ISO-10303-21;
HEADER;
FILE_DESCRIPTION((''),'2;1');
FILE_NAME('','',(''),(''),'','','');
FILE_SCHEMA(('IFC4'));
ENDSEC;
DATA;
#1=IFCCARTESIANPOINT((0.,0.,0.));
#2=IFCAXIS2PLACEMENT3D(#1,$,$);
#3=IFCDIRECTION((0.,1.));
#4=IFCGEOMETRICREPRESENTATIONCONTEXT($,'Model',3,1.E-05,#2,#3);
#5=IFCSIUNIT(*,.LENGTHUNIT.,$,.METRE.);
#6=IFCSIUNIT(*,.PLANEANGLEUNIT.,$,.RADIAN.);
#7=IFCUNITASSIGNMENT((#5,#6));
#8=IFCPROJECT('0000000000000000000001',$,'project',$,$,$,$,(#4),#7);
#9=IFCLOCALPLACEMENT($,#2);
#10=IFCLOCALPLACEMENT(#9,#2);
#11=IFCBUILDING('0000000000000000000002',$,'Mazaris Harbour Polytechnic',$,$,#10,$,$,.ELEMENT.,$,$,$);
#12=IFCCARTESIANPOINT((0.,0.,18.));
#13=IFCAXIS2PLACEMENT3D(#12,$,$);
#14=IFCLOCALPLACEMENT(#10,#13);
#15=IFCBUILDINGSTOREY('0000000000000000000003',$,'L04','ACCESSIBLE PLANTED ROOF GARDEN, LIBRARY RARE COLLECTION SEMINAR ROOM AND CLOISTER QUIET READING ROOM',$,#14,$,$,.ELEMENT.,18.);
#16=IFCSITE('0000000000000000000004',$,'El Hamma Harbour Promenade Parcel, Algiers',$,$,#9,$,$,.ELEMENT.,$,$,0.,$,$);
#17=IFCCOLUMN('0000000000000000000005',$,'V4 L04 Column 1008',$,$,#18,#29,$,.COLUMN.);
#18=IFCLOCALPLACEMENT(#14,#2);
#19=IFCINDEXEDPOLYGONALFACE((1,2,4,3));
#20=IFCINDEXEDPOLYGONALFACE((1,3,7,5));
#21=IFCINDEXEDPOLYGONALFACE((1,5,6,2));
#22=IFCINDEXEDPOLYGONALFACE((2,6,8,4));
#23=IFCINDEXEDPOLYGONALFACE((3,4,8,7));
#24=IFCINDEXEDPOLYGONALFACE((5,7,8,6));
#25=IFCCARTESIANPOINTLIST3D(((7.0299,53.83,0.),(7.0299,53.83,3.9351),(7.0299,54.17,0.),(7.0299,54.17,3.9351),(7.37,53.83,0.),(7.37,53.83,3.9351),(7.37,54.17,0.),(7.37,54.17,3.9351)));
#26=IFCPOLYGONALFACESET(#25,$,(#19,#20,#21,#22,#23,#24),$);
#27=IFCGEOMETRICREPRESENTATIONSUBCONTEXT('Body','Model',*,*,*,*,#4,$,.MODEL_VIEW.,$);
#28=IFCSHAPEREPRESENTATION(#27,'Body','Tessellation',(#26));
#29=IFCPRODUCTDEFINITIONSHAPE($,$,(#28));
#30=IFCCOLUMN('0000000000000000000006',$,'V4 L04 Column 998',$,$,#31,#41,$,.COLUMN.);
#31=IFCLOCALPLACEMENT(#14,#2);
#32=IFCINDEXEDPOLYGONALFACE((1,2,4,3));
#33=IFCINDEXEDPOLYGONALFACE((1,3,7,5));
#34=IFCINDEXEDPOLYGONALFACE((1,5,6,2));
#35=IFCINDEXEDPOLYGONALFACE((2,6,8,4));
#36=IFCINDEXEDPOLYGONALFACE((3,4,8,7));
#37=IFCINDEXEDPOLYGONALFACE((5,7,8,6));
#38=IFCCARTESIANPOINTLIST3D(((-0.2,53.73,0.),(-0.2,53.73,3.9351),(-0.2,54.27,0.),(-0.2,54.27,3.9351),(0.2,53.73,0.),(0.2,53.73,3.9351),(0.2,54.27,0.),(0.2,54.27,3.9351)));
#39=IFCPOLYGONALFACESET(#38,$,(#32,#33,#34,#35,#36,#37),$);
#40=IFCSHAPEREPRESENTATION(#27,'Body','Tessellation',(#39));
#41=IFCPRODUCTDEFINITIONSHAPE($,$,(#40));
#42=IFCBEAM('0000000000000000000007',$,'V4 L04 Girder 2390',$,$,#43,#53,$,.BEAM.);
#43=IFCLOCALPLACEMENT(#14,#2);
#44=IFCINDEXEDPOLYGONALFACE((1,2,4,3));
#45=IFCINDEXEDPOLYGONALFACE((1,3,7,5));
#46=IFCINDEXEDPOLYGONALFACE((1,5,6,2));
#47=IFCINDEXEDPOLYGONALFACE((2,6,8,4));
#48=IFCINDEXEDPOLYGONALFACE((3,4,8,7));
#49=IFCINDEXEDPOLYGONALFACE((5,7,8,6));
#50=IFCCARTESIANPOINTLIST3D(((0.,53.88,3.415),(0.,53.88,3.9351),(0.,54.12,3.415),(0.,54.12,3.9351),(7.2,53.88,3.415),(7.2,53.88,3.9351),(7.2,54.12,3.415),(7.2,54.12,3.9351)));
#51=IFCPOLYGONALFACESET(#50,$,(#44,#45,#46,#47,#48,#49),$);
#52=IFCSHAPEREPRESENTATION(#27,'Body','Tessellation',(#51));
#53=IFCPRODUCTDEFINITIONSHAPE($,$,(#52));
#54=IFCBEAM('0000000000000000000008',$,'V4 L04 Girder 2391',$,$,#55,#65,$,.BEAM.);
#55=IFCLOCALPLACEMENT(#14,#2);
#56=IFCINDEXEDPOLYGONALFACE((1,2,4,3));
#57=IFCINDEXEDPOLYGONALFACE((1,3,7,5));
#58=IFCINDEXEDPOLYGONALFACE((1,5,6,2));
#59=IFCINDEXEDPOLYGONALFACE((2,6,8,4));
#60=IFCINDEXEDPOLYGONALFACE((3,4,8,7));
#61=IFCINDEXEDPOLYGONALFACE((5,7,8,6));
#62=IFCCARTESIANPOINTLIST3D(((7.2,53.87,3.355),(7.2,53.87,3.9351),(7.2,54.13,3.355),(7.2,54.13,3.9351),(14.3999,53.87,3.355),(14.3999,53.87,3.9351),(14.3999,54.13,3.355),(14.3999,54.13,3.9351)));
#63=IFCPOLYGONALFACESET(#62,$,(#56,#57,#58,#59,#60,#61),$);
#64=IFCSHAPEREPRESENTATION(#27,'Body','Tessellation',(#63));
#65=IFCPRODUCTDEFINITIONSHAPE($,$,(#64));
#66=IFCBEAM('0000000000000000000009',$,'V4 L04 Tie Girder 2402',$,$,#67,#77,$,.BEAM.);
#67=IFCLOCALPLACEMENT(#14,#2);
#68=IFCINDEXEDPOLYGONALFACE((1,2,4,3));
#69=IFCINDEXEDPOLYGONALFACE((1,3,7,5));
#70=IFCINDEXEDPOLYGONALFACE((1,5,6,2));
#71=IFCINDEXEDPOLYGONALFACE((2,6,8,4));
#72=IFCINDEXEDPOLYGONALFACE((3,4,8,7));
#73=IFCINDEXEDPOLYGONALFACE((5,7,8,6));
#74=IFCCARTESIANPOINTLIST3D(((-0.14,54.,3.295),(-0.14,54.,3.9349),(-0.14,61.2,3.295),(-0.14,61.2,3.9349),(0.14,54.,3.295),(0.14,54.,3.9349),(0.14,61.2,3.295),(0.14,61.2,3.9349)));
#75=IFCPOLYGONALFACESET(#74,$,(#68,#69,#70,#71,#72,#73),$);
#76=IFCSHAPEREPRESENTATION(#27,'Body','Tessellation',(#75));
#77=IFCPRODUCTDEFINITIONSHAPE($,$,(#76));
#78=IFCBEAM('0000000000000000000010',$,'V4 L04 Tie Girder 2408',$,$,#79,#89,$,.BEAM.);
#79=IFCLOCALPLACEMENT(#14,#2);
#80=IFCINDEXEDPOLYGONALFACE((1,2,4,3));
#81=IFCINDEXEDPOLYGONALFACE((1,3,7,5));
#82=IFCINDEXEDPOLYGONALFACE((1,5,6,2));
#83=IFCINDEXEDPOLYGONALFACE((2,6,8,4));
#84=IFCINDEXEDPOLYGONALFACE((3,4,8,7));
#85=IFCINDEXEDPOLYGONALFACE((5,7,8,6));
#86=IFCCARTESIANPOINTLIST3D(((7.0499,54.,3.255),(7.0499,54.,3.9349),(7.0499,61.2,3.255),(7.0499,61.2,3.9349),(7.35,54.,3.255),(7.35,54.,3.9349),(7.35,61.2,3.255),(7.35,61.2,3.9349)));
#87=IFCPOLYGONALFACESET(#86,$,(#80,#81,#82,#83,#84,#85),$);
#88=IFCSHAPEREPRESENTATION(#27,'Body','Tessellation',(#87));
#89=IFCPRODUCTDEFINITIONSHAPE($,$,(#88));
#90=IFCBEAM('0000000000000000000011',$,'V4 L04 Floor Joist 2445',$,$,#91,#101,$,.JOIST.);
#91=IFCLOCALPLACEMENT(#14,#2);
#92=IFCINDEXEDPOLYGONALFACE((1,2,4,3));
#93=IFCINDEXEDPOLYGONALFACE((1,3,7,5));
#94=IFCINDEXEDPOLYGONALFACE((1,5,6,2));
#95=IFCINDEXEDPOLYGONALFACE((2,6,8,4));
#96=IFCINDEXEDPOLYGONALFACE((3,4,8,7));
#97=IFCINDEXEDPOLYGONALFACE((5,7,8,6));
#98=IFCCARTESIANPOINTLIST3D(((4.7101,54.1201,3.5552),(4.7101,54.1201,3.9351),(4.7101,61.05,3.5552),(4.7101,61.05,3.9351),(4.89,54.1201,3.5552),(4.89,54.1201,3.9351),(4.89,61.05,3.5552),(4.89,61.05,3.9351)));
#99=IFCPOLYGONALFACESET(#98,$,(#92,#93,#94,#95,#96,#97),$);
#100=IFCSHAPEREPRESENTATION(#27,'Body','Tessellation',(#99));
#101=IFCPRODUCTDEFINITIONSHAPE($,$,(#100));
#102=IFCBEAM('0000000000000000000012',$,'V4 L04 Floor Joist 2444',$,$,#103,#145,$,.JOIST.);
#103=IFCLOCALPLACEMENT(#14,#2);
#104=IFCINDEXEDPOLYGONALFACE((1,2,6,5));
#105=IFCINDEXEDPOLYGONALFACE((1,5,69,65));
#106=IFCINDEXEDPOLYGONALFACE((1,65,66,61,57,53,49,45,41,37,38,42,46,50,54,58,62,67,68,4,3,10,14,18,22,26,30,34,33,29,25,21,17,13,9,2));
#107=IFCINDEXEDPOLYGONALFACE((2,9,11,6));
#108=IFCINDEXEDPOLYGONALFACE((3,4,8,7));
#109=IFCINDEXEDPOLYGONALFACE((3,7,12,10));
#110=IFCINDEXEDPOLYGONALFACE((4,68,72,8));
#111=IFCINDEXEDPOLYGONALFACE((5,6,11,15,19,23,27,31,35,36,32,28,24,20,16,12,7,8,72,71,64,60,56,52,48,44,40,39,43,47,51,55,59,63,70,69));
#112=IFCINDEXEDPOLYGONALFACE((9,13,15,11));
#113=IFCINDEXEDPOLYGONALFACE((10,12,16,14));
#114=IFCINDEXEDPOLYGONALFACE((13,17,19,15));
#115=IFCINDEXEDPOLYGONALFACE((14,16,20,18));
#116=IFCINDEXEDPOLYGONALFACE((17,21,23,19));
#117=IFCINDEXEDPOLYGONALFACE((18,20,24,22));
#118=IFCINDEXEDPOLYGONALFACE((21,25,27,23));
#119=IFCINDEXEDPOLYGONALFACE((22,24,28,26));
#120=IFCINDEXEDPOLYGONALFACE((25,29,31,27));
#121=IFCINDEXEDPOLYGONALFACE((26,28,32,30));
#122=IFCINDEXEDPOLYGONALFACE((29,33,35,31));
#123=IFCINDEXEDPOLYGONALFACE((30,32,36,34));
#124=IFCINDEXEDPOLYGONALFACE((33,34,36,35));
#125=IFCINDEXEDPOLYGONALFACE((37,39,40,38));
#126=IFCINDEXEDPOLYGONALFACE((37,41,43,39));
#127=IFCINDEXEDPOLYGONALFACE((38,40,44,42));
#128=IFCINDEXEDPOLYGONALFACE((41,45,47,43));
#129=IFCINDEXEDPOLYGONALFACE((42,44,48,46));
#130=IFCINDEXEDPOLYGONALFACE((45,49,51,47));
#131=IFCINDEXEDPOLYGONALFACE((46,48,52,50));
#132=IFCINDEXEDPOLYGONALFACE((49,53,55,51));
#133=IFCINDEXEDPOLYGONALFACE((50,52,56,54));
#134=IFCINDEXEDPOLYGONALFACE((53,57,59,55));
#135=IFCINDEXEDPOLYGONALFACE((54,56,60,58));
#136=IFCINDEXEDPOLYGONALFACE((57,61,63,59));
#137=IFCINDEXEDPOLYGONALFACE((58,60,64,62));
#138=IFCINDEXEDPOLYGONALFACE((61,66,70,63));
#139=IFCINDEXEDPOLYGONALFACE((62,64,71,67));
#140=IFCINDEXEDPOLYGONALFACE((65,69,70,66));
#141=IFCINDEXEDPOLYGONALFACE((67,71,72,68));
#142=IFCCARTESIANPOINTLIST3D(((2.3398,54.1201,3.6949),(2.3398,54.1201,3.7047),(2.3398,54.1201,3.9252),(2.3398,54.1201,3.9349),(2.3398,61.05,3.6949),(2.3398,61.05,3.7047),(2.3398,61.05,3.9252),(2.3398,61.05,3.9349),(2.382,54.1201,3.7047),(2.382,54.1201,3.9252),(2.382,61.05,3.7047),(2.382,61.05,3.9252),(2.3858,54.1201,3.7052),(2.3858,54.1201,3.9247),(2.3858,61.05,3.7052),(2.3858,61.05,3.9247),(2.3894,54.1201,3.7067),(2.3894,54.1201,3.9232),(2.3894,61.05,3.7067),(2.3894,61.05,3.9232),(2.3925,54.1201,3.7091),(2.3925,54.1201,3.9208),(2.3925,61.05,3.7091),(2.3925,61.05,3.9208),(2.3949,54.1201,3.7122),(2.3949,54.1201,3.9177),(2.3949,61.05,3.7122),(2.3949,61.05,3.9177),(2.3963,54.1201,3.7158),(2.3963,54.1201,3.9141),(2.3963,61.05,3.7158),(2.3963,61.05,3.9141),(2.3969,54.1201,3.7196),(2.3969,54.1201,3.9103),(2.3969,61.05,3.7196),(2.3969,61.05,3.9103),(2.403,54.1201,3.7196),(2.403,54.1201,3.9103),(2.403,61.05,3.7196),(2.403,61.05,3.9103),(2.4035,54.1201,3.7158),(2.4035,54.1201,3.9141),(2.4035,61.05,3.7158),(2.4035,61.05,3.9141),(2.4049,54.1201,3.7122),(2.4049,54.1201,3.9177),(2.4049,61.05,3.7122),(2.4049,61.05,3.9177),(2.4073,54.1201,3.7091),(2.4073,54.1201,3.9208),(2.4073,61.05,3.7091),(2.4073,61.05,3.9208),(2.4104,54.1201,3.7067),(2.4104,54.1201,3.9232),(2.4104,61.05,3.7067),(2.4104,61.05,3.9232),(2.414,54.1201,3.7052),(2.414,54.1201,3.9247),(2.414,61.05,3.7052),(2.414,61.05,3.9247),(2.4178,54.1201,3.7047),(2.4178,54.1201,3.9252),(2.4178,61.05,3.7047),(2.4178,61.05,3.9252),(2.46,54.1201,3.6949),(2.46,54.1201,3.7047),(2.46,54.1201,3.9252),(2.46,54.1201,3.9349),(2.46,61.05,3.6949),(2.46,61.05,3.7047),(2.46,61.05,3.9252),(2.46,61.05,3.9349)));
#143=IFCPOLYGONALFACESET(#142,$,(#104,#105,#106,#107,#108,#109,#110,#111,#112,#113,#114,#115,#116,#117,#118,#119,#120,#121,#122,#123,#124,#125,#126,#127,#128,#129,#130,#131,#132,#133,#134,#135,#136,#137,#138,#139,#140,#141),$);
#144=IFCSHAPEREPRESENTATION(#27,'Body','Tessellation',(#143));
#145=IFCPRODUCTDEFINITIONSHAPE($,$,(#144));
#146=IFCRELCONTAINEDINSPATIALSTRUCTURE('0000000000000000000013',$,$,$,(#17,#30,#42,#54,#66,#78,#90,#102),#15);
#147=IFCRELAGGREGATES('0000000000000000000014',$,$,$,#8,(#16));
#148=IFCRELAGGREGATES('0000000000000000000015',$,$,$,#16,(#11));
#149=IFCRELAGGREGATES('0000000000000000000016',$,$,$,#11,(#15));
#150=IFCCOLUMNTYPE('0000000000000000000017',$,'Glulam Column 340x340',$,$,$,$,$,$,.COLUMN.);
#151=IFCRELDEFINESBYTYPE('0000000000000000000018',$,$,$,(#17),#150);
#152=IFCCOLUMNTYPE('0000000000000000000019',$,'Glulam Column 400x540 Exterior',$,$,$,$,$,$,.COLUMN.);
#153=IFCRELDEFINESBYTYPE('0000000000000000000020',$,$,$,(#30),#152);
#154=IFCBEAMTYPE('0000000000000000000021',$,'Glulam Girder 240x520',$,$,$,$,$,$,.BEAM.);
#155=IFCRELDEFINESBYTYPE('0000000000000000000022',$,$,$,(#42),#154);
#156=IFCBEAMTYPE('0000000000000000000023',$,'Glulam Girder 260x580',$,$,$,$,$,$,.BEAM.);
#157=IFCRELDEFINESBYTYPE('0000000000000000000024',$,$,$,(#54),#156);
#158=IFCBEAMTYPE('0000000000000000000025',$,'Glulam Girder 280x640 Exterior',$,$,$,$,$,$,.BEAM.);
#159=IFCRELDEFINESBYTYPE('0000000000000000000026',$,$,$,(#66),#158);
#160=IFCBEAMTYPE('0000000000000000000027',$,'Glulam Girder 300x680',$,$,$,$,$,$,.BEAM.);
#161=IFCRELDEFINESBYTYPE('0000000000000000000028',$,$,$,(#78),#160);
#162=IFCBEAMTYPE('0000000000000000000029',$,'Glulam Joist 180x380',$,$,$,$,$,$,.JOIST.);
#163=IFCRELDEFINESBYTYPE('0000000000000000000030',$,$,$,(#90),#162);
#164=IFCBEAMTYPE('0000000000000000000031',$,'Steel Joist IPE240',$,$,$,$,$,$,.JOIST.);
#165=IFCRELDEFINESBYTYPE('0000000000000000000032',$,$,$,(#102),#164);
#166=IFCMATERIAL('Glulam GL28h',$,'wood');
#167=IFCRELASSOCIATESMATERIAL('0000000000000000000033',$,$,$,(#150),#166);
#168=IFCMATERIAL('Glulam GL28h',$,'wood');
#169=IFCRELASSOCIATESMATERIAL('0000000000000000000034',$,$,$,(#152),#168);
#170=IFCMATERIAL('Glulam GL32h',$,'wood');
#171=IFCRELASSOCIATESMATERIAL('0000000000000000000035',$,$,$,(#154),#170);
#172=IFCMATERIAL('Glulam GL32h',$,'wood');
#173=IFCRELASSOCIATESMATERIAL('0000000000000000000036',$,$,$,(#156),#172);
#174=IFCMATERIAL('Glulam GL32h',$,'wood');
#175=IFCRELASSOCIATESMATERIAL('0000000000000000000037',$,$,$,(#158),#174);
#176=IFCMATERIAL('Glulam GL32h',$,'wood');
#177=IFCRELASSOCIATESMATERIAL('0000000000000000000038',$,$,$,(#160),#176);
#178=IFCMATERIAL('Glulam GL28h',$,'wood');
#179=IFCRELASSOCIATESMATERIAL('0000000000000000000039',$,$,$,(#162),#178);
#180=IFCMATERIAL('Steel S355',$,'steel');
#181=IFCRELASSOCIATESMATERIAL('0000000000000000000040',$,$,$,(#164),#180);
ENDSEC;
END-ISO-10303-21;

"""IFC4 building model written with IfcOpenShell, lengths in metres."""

from ifc_helpers import new_model, si_unit, direction, frame, origin, origin_2d, place, context, subcontext, project, spatial, rectangle, i_section, extrude, material, material_profile, profile_set, type_object, element, save


model = new_model("IFC4")

# Units and contexts
model_context = context("Model", 3, precision=1e-05, world=origin(), true_north=direction((0.0, 1.0)))
body_context = subcontext(model_context, "Body", "Model", "MODEL_VIEW")
ifc_project = project(units=[si_unit("LENGTHUNIT", "METRE"), si_unit("PLANEANGLEUNIT", "RADIAN")], contexts=[model_context])

# Site, building, storey
site_placement = place(None, origin())
site = spatial("IfcSite", under=ifc_project, at=site_placement, Name="El Hamma Harbour Promenade Parcel, Algiers", CompositionType="ELEMENT", RefElevation=0.0)
building_placement = place(site_placement, origin())
building = spatial("IfcBuilding", under=site, at=building_placement, Name="Mazaris Harbour Polytechnic", CompositionType="ELEMENT")
storey_placement = place(building_placement, frame((0.0, 0.0, 18.0)))
storey = spatial("IfcBuildingStorey", under=building, at=storey_placement, Name="L04", Description="ACCESSIBLE PLANTED ROOF GARDEN, LIBRARY RARE COLLECTION SEMINAR ROOM AND CLOISTER QUIET READING ROOM", CompositionType="ELEMENT", Elevation=18.0)

# Columns
ifc_material_1 = material(Name="Glulam GL28h", Category="wood")
ifc_material_profile_1 = material_profile(ifc_material_1, rectangle(XDim=0.3401, YDim=0.3401, at=origin_2d()), Name="RECT340x340")
ifc_profile_set_1 = profile_set([ifc_material_profile_1], Name="Glulam GL28h")
column_type_1 = type_object("IfcColumnType", Name="Glulam Column 340x340", PredefinedType="COLUMN", material=ifc_profile_set_1)
column_1_placement = place(storey_placement, frame((7.2, 54.0, 0.0), z_axis=(0.0, 0.0, 1.0), x_axis=(1.0, 0.0, 0.0)))
element("IfcColumn", 1, at=column_1_placement, inside=storey, type_object=column_type_1, Name="V4 L04 Column 1008", PredefinedType="COLUMN", context=body_context, shape_type="SweptSolid", body=[
    extrude(rectangle(XDim=0.3401, YDim=0.3401, at=origin_2d()), origin(), (0.0, 0.0, 1.0), 3.9351),
])
ifc_material_2 = material(Name="Glulam GL28h", Category="wood")
ifc_material_profile_2 = material_profile(ifc_material_2, rectangle(XDim=0.3999, YDim=0.54, at=origin_2d()), Name="RECT400x540")
ifc_profile_set_2 = profile_set([ifc_material_profile_2], Name="Glulam GL28h")
column_type_2 = type_object("IfcColumnType", Name="Glulam Column 400x540 Exterior", PredefinedType="COLUMN", material=ifc_profile_set_2)
column_2_placement = place(storey_placement, frame((0.0, 54.0, 0.0), z_axis=(0.0, 0.0, 1.0), x_axis=(1.0, 0.0, 0.0)))
element("IfcColumn", 2, at=column_2_placement, inside=storey, type_object=column_type_2, Name="V4 L04 Column 998", PredefinedType="COLUMN", context=body_context, shape_type="SweptSolid", body=[
    extrude(rectangle(XDim=0.3999, YDim=0.54, at=origin_2d()), origin(), (0.0, 0.0, 1.0), 3.9351),
])

# Beams
ifc_material_3 = material(Name="Glulam GL32h", Category="wood")
ifc_material_profile_3 = material_profile(ifc_material_3, rectangle(XDim=0.24, YDim=0.52, at=origin_2d()), Name="RECT240x520")
ifc_profile_set_3 = profile_set([ifc_material_profile_3], Name="Glulam GL32h")
beam_type_1 = type_object("IfcBeamType", Name="Glulam Girder 240x520", PredefinedType="BEAM", material=ifc_profile_set_3)
beam_1_placement = place(storey_placement, frame((0.0, 54.0, 3.675), z_axis=(1.0, 0.0, 0.0), x_axis=(0.0, 1.0, 0.0)))
element("IfcBeam", 3, at=beam_1_placement, inside=storey, type_object=beam_type_1, Name="V4 L04 Girder 2390", PredefinedType="BEAM", context=body_context, shape_type="SweptSolid", body=[
    extrude(rectangle(XDim=0.24, YDim=0.52, at=origin_2d()), origin(), (0.0, 0.0, 1.0), 7.2),
])
ifc_material_4 = material(Name="Glulam GL32h", Category="wood")
ifc_material_profile_4 = material_profile(ifc_material_4, rectangle(XDim=0.26, YDim=0.5801, at=origin_2d()), Name="RECT260x580")
ifc_profile_set_4 = profile_set([ifc_material_profile_4], Name="Glulam GL32h")
beam_type_2 = type_object("IfcBeamType", Name="Glulam Girder 260x580", PredefinedType="BEAM", material=ifc_profile_set_4)
beam_2_placement = place(storey_placement, frame((7.2, 54.0, 3.645), z_axis=(1.0, 0.0, 0.0), x_axis=(0.0, 1.0, 0.0)))
element("IfcBeam", 4, at=beam_2_placement, inside=storey, type_object=beam_type_2, Name="V4 L04 Girder 2391", PredefinedType="BEAM", context=body_context, shape_type="SweptSolid", body=[
    extrude(rectangle(XDim=0.26, YDim=0.5801, at=origin_2d()), origin(), (0.0, 0.0, 1.0), 7.2),
])
ifc_material_5 = material(Name="Glulam GL32h", Category="wood")
ifc_material_profile_5 = material_profile(ifc_material_5, rectangle(XDim=0.28, YDim=0.6399, at=origin_2d()), Name="RECT280x640")
ifc_profile_set_5 = profile_set([ifc_material_profile_5], Name="Glulam GL32h")
beam_type_3 = type_object("IfcBeamType", Name="Glulam Girder 280x640 Exterior", PredefinedType="BEAM", material=ifc_profile_set_5)
beam_3_placement = place(storey_placement, frame((0.0, 54.0, 3.615), z_axis=(0.0, 1.0, 0.0), x_axis=(-1.0, 0.0, 0.0)))
element("IfcBeam", 5, at=beam_3_placement, inside=storey, type_object=beam_type_3, Name="V4 L04 Tie Girder 2402", PredefinedType="BEAM", context=body_context, shape_type="SweptSolid", body=[
    extrude(rectangle(XDim=0.28, YDim=0.6399, at=origin_2d()), origin(), (0.0, 0.0, 1.0), 7.2),
])
ifc_material_6 = material(Name="Glulam GL32h", Category="wood")
ifc_material_profile_6 = material_profile(ifc_material_6, rectangle(XDim=0.3, YDim=0.6799, at=origin_2d()), Name="RECT300x680")
ifc_profile_set_6 = profile_set([ifc_material_profile_6], Name="Glulam GL32h")
beam_type_4 = type_object("IfcBeamType", Name="Glulam Girder 300x680", PredefinedType="BEAM", material=ifc_profile_set_6)
beam_4_placement = place(storey_placement, frame((7.2, 54.0, 3.595), z_axis=(0.0, 1.0, 0.0), x_axis=(-1.0, 0.0, 0.0)))
element("IfcBeam", 6, at=beam_4_placement, inside=storey, type_object=beam_type_4, Name="V4 L04 Tie Girder 2408", PredefinedType="BEAM", context=body_context, shape_type="SweptSolid", body=[
    extrude(rectangle(XDim=0.3, YDim=0.6799, at=origin_2d()), origin(), (0.0, 0.0, 1.0), 7.2),
])
ifc_material_7 = material(Name="Glulam GL28h", Category="wood")
ifc_material_profile_7 = material_profile(ifc_material_7, rectangle(XDim=0.1799, YDim=0.3799, at=origin_2d()), Name="RECT180x380")
ifc_profile_set_7 = profile_set([ifc_material_profile_7], Name="Glulam GL28h")
beam_type_5 = type_object("IfcBeamType", Name="Glulam Joist 180x380", PredefinedType="JOIST", material=ifc_profile_set_7)
beam_5_placement = place(storey_placement, frame((4.8, 54.1201, 3.7451), z_axis=(0.0, 1.0, 0.0), x_axis=(-1.0, 0.0, 0.0)))
element("IfcBeam", 7, at=beam_5_placement, inside=storey, type_object=beam_type_5, Name="V4 L04 Floor Joist 2445", PredefinedType="JOIST", context=body_context, shape_type="SweptSolid", body=[
    extrude(rectangle(XDim=0.1799, YDim=0.3799, at=origin_2d()), origin(), (0.0, 0.0, 1.0), 6.9299),
])
ifc_material_8 = material(Name="Steel S355", Category="steel")
ifc_material_profile_8 = material_profile(ifc_material_8, i_section(OverallWidth=0.1201, OverallDepth=0.24, WebThickness=0.0061, FlangeThickness=0.0098, FilletRadius=0.0149, at=origin_2d()), Name="IPE 240")
ifc_profile_set_8 = profile_set([ifc_material_profile_8], Name="Steel S355")
beam_type_6 = type_object("IfcBeamType", Name="Steel Joist IPE240", PredefinedType="JOIST", material=ifc_profile_set_8)
beam_6_placement = place(storey_placement, frame((2.3999, 54.1201, 3.8149), z_axis=(0.0, 1.0, 0.0), x_axis=(-1.0, 0.0, 0.0)))
element("IfcBeam", 8, at=beam_6_placement, inside=storey, type_object=beam_type_6, Name="V4 L04 Floor Joist 2444", PredefinedType="JOIST", context=body_context, shape_type="SweptSolid", body=[
    extrude(i_section(OverallWidth=0.1201, OverallDepth=0.24, WebThickness=0.0061, FlangeThickness=0.0098, FilletRadius=0.0149, at=origin_2d()), origin(), (0.0, 0.0, 1.0), 6.9299),
])

save(model, "model.ifc")
